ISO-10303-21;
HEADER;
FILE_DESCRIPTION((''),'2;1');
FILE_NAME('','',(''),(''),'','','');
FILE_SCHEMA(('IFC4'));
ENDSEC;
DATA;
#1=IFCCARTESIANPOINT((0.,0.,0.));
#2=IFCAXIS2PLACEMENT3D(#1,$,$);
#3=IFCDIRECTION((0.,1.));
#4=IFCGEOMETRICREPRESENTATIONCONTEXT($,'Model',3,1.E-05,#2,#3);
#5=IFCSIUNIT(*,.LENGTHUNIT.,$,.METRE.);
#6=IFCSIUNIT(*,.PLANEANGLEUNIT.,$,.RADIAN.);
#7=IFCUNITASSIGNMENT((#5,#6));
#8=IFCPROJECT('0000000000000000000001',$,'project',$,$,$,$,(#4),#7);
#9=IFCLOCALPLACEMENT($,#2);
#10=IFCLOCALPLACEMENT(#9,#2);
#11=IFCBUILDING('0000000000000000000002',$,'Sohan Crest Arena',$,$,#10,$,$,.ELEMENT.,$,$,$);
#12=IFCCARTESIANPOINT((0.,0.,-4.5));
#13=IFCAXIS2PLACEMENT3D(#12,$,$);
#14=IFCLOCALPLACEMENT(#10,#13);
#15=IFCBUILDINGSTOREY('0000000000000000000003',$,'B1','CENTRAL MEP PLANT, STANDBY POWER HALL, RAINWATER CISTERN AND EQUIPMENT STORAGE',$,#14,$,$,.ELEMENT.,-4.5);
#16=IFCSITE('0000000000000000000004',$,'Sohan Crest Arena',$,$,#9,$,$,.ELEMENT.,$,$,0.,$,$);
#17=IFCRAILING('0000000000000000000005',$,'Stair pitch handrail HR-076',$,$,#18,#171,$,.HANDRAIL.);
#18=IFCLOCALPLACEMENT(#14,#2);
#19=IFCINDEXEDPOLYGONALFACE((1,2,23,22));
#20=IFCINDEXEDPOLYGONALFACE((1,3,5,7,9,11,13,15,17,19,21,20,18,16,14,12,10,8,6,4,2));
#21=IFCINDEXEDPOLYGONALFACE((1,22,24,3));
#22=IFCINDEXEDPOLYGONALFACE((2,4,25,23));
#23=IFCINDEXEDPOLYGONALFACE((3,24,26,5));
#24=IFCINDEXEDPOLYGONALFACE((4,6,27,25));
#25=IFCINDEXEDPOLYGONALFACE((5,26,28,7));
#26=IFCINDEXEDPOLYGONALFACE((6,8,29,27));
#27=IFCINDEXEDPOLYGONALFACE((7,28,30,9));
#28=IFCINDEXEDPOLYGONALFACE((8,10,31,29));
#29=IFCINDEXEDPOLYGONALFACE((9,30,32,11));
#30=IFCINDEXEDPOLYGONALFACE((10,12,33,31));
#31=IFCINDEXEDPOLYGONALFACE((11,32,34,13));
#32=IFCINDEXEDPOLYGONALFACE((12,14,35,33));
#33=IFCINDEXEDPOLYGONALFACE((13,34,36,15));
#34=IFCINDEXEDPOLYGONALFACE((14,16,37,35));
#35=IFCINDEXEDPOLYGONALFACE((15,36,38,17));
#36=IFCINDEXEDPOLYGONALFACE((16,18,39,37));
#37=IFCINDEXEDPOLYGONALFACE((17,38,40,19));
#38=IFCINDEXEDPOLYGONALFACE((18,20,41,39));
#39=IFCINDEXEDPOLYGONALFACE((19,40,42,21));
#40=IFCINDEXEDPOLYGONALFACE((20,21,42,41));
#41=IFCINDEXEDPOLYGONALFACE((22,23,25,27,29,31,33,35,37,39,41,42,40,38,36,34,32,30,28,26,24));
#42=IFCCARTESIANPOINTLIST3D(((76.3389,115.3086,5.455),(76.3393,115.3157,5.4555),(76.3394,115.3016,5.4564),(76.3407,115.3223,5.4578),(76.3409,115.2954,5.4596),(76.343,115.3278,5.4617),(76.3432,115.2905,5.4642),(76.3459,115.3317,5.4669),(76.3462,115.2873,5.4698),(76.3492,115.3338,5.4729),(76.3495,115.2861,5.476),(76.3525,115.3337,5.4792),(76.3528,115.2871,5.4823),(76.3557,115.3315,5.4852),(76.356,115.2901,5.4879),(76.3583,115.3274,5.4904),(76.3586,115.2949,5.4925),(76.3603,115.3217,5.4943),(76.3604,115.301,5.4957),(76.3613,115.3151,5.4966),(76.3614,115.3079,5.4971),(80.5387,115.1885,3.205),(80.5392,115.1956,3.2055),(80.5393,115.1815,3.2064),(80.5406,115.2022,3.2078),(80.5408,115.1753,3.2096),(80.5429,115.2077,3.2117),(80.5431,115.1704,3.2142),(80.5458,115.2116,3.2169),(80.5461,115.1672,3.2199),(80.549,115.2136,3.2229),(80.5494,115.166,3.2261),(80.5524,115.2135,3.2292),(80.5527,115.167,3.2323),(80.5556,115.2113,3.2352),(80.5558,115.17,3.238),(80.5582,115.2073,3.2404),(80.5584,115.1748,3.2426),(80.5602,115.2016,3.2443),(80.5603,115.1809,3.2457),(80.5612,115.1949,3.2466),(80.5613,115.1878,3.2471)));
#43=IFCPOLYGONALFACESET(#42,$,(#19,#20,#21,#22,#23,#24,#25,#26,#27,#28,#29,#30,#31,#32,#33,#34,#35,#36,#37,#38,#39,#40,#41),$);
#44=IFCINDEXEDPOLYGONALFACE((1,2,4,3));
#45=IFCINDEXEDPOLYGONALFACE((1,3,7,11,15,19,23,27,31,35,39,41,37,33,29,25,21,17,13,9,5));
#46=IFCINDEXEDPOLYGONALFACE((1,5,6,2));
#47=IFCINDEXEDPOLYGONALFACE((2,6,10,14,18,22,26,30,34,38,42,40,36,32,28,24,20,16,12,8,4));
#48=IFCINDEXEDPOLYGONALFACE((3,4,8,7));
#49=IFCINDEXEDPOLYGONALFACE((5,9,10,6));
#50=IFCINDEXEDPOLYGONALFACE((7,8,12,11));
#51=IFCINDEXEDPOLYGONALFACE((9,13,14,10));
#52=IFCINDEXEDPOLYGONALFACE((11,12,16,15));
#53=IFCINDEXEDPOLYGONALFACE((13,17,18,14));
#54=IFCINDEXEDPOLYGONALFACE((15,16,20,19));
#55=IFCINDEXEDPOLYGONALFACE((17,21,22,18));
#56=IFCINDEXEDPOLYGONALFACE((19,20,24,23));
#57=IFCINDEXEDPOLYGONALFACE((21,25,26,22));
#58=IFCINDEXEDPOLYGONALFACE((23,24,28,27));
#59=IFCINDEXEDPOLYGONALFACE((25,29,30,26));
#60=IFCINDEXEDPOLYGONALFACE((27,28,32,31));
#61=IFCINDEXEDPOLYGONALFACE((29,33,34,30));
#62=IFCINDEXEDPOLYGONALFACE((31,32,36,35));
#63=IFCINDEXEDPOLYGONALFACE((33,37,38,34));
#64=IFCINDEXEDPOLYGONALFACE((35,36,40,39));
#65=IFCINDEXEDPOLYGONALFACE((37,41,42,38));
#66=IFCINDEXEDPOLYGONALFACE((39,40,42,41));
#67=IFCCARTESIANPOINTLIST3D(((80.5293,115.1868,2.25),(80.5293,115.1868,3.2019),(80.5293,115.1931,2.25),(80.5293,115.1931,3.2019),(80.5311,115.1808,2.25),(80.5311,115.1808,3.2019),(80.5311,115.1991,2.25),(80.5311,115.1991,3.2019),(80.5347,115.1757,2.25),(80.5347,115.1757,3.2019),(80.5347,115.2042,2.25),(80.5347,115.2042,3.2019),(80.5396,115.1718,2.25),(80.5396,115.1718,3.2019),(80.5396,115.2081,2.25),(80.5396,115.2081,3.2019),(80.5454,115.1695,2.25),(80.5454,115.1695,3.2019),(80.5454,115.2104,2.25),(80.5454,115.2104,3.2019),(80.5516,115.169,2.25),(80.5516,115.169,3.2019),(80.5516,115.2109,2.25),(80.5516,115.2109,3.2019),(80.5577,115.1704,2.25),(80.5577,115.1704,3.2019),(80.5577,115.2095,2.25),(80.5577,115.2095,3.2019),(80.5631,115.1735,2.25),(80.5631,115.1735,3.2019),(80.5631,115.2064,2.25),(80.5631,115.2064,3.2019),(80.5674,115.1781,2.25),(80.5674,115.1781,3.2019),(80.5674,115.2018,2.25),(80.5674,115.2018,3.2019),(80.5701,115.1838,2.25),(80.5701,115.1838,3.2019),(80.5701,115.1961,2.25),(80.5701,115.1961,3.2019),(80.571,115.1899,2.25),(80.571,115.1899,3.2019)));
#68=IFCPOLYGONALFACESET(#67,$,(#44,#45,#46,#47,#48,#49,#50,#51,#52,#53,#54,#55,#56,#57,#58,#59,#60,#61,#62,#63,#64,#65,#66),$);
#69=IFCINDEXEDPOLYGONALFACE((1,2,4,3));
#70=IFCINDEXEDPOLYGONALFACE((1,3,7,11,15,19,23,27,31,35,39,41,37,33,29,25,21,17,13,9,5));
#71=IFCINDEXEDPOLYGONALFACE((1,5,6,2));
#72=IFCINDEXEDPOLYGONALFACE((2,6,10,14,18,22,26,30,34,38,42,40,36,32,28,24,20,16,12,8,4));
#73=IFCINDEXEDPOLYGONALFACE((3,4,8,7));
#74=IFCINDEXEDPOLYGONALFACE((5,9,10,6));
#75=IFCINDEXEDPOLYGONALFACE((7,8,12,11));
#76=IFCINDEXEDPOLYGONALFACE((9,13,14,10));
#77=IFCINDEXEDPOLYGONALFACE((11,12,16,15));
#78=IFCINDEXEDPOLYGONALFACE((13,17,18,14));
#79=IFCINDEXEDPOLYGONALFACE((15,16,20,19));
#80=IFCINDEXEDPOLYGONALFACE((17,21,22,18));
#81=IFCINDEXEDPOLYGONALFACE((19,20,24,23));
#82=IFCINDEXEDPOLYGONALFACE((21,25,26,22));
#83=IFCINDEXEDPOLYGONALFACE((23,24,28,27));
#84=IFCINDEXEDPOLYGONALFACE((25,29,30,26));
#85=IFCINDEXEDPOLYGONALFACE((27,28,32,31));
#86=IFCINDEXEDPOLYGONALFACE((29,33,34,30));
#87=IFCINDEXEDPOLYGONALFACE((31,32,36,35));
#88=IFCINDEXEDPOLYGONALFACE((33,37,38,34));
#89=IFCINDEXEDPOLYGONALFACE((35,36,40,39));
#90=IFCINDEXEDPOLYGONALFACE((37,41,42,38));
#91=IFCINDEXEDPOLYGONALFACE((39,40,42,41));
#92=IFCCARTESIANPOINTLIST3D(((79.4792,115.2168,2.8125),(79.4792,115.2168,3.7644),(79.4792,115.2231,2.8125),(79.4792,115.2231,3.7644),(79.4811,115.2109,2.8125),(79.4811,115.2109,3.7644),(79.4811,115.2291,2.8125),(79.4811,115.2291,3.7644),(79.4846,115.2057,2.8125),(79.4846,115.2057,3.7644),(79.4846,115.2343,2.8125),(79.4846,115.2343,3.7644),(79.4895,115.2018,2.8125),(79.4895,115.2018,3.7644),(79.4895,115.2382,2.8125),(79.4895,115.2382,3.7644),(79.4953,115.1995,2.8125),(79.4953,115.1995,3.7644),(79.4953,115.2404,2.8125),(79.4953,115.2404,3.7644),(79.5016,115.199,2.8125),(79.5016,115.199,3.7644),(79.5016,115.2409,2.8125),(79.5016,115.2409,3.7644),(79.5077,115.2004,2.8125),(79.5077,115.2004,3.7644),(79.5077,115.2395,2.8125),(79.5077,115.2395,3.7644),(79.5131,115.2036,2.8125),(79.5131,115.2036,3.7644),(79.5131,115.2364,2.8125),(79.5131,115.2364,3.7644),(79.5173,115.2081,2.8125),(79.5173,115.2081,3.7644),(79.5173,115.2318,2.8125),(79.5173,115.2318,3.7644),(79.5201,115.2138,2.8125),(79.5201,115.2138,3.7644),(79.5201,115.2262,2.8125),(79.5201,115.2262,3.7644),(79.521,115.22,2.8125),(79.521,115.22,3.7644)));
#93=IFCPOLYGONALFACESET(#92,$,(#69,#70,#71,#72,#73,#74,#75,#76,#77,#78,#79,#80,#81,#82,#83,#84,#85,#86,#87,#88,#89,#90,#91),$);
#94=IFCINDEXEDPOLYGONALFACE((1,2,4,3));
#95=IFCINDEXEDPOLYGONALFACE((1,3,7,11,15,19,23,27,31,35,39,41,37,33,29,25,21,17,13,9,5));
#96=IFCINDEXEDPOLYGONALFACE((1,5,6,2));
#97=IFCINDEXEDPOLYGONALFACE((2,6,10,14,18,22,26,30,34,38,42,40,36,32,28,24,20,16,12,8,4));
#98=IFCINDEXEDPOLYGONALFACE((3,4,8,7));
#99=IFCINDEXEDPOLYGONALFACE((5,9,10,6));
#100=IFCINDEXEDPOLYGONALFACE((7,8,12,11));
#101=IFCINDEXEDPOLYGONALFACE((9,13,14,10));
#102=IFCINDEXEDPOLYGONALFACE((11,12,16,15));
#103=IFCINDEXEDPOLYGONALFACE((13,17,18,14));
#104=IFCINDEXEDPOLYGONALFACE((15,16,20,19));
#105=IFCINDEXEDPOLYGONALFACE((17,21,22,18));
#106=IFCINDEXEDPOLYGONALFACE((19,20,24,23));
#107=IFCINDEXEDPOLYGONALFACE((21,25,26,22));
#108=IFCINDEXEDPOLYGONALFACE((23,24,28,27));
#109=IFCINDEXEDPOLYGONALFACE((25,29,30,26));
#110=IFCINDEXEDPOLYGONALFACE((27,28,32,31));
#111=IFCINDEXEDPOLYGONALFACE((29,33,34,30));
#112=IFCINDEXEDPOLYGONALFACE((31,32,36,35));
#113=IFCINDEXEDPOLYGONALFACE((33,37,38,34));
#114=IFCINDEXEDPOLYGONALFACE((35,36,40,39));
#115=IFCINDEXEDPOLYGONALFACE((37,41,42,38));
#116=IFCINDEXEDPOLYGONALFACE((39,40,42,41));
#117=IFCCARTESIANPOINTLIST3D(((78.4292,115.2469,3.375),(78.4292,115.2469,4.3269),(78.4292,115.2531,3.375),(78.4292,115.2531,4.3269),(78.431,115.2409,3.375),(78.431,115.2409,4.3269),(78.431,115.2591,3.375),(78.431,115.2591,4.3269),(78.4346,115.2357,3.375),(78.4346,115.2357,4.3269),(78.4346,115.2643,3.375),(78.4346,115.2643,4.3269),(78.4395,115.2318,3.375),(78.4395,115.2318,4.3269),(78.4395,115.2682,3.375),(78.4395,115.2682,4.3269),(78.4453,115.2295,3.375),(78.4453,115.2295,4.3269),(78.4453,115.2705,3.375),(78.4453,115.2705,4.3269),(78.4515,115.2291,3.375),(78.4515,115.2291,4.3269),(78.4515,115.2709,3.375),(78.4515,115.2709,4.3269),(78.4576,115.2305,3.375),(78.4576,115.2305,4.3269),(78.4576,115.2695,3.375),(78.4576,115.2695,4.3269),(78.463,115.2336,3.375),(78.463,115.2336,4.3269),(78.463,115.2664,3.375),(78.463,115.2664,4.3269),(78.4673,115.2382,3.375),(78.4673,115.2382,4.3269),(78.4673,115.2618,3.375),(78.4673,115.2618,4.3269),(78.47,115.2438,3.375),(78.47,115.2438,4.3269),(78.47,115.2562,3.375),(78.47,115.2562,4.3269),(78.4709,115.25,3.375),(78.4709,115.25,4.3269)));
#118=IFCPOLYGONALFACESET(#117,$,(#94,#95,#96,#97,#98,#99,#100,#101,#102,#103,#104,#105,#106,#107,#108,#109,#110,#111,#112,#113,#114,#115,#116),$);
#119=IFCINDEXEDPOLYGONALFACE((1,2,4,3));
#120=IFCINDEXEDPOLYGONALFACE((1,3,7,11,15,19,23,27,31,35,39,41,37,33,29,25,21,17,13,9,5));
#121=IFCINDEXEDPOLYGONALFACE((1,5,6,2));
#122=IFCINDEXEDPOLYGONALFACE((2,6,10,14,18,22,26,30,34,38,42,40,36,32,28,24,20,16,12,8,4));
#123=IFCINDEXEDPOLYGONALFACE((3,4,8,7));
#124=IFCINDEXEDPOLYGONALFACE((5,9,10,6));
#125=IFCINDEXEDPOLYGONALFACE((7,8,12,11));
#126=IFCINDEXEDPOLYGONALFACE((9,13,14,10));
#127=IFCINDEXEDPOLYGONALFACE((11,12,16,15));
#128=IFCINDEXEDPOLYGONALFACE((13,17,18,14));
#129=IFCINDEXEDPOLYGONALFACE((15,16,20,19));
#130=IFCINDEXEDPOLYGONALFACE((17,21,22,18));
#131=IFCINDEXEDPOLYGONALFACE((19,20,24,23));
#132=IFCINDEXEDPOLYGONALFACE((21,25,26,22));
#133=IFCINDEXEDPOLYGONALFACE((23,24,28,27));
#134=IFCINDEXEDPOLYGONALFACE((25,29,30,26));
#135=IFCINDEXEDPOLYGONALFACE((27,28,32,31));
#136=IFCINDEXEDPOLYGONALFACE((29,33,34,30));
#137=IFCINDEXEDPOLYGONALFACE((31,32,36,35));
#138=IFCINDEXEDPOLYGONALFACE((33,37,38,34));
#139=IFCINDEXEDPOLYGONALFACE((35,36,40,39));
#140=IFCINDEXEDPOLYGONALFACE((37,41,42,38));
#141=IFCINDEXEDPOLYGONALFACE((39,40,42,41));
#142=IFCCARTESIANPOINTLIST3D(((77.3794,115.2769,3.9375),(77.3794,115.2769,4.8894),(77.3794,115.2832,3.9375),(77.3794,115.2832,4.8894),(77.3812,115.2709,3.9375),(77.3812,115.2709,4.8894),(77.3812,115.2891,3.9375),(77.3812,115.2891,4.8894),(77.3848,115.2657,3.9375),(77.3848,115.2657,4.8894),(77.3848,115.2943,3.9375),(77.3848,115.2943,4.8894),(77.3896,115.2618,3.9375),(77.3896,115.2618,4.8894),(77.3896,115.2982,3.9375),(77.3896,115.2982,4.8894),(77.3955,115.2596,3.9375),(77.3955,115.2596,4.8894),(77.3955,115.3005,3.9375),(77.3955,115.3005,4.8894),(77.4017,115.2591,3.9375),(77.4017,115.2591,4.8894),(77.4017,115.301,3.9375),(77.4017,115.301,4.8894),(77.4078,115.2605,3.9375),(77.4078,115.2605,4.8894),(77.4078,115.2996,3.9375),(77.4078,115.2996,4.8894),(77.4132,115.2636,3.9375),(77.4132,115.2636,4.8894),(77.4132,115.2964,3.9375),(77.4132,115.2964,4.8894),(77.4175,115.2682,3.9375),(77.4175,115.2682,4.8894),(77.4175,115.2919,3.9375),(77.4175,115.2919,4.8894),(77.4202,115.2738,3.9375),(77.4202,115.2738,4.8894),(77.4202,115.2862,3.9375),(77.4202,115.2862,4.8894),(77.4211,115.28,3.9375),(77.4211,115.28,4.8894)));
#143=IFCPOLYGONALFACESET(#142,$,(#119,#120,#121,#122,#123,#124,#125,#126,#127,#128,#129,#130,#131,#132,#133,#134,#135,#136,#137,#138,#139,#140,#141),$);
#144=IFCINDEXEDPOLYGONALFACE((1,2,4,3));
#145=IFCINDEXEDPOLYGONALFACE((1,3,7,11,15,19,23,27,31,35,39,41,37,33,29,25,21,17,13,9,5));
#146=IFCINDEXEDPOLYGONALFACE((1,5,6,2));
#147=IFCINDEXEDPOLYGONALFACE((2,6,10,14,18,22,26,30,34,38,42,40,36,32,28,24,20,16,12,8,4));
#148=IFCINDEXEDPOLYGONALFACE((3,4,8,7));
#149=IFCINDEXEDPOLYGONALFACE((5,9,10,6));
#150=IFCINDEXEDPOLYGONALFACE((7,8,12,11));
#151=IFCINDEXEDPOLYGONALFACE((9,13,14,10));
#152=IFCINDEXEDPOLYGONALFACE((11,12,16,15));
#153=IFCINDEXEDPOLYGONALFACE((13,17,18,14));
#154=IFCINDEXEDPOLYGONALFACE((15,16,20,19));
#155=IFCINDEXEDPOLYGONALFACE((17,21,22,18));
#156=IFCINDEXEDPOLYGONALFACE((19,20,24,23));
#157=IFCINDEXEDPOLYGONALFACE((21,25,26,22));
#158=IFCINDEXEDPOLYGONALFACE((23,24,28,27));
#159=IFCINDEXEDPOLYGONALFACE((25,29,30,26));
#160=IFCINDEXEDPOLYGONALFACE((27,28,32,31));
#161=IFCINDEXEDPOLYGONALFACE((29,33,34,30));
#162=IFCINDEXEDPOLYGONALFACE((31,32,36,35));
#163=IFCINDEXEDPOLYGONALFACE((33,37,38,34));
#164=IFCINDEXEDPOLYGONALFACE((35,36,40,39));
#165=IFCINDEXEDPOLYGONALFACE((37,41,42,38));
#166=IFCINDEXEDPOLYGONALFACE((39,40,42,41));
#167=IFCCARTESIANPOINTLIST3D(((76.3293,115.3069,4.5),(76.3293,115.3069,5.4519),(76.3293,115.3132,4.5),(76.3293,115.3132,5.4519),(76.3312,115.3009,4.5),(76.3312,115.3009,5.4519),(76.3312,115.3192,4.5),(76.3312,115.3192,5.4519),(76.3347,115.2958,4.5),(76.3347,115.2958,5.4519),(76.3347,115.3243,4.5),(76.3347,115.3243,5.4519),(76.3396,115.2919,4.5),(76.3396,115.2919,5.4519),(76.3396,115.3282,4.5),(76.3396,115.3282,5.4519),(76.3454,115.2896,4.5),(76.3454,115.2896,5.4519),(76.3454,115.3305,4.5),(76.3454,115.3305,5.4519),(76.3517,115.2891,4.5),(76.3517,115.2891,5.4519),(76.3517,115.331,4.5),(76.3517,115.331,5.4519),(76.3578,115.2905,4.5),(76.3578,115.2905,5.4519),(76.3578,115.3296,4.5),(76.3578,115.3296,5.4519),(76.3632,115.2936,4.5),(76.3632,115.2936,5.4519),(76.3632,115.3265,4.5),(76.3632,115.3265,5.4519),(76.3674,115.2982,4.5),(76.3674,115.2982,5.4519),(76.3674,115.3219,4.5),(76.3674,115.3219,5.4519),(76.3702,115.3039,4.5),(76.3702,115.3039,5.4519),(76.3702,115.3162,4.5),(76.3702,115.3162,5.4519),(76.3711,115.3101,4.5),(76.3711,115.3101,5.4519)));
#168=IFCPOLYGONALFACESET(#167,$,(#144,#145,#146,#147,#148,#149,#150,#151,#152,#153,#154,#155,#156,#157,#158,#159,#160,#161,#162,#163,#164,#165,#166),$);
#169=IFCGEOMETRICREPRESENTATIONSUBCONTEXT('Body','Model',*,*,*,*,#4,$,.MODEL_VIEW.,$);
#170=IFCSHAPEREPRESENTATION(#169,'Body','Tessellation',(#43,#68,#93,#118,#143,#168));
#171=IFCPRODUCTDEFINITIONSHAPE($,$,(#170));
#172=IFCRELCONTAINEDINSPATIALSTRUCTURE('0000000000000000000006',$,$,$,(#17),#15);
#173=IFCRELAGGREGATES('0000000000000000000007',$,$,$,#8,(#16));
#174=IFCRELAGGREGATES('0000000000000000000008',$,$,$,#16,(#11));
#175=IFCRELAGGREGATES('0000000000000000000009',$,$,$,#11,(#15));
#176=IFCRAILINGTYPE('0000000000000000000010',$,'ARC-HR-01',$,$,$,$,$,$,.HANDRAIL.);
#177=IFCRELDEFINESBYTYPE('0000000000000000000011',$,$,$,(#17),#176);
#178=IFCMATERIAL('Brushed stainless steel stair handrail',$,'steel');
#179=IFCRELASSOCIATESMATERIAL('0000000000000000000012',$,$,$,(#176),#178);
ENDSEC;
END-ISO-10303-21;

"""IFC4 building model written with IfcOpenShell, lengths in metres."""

from ifc_helpers import new_model, si_unit, direction, frame, origin, origin_2d, place, context, subcontext, project, spatial, circle, extrude, material, type_object, element, save


model = new_model("IFC4")

# Units and contexts
model_context = context("Model", 3, precision=1e-05, world=origin(), true_north=direction((0.0, 1.0)))
body_context = subcontext(model_context, "Body", "Model", "MODEL_VIEW")
ifc_project = project(units=[si_unit("LENGTHUNIT", "METRE"), si_unit("PLANEANGLEUNIT", "RADIAN")], contexts=[model_context])

# Site, building, storey
site_placement = place(None, origin())
site = spatial("IfcSite", under=ifc_project, at=site_placement, Name="Sohan Crest Arena", CompositionType="ELEMENT", RefElevation=0.0)
building_placement = place(site_placement, origin())
building = spatial("IfcBuilding", under=site, at=building_placement, Name="Sohan Crest Arena", CompositionType="ELEMENT")
storey_placement = place(building_placement, frame((0.0, 0.0, -4.5)))
storey = spatial("IfcBuildingStorey", under=building, at=storey_placement, Name="B1", Description="CENTRAL MEP PLANT, STANDBY POWER HALL, RAINWATER CISTERN AND EQUIPMENT STORAGE", CompositionType="ELEMENT", Elevation=-4.5)

# Railing
ifc_material_1 = material(Name="Brushed stainless steel stair handrail", Category="steel")
railing_type_1 = type_object("IfcRailingType", Name="ARC-HR-01", PredefinedType="HANDRAIL", material=ifc_material_1)
railing_1_placement = place(storey_placement, frame((80.55, 115.1899, 2.25)))
element("IfcRailing", 1, at=railing_1_placement, inside=storey, type_object=railing_type_1, Name="Stair pitch handrail HR-076", PredefinedType="HANDRAIL", context=body_context, shape_type="SweptSolid", body=[
    extrude(circle(Radius=0.0239, at=origin_2d()), frame((0.0, 0.0, 0.9761), z_axis=(-0.881198, 0.025202, 0.472076), x_axis=(-0.028588, -0.999591, 0.0)), (0.0, 0.0, 1.0), 4.7661),
    extrude(circle(Radius=0.021, at=origin_2d()), origin(), (0.0, 0.0, 1.0), 0.9519),
    extrude(circle(Radius=0.021, at=origin_2d()), frame((-1.05, 0.03, 0.5625)), (0.0, 0.0, 1.0), 0.9519),
    extrude(circle(Radius=0.021, at=origin_2d()), frame((-2.1001, 0.0601, 1.125)), (0.0, 0.0, 1.0), 0.9519),
    extrude(circle(Radius=0.021, at=origin_2d()), frame((-3.1499, 0.0901, 1.6875)), (0.0, 0.0, 1.0), 0.9519),
    extrude(circle(Radius=0.021, at=origin_2d()), frame((-4.2, 0.1201, 2.25)), (0.0, 0.0, 1.0), 0.9519),
])

save(model, "model.ifc")
